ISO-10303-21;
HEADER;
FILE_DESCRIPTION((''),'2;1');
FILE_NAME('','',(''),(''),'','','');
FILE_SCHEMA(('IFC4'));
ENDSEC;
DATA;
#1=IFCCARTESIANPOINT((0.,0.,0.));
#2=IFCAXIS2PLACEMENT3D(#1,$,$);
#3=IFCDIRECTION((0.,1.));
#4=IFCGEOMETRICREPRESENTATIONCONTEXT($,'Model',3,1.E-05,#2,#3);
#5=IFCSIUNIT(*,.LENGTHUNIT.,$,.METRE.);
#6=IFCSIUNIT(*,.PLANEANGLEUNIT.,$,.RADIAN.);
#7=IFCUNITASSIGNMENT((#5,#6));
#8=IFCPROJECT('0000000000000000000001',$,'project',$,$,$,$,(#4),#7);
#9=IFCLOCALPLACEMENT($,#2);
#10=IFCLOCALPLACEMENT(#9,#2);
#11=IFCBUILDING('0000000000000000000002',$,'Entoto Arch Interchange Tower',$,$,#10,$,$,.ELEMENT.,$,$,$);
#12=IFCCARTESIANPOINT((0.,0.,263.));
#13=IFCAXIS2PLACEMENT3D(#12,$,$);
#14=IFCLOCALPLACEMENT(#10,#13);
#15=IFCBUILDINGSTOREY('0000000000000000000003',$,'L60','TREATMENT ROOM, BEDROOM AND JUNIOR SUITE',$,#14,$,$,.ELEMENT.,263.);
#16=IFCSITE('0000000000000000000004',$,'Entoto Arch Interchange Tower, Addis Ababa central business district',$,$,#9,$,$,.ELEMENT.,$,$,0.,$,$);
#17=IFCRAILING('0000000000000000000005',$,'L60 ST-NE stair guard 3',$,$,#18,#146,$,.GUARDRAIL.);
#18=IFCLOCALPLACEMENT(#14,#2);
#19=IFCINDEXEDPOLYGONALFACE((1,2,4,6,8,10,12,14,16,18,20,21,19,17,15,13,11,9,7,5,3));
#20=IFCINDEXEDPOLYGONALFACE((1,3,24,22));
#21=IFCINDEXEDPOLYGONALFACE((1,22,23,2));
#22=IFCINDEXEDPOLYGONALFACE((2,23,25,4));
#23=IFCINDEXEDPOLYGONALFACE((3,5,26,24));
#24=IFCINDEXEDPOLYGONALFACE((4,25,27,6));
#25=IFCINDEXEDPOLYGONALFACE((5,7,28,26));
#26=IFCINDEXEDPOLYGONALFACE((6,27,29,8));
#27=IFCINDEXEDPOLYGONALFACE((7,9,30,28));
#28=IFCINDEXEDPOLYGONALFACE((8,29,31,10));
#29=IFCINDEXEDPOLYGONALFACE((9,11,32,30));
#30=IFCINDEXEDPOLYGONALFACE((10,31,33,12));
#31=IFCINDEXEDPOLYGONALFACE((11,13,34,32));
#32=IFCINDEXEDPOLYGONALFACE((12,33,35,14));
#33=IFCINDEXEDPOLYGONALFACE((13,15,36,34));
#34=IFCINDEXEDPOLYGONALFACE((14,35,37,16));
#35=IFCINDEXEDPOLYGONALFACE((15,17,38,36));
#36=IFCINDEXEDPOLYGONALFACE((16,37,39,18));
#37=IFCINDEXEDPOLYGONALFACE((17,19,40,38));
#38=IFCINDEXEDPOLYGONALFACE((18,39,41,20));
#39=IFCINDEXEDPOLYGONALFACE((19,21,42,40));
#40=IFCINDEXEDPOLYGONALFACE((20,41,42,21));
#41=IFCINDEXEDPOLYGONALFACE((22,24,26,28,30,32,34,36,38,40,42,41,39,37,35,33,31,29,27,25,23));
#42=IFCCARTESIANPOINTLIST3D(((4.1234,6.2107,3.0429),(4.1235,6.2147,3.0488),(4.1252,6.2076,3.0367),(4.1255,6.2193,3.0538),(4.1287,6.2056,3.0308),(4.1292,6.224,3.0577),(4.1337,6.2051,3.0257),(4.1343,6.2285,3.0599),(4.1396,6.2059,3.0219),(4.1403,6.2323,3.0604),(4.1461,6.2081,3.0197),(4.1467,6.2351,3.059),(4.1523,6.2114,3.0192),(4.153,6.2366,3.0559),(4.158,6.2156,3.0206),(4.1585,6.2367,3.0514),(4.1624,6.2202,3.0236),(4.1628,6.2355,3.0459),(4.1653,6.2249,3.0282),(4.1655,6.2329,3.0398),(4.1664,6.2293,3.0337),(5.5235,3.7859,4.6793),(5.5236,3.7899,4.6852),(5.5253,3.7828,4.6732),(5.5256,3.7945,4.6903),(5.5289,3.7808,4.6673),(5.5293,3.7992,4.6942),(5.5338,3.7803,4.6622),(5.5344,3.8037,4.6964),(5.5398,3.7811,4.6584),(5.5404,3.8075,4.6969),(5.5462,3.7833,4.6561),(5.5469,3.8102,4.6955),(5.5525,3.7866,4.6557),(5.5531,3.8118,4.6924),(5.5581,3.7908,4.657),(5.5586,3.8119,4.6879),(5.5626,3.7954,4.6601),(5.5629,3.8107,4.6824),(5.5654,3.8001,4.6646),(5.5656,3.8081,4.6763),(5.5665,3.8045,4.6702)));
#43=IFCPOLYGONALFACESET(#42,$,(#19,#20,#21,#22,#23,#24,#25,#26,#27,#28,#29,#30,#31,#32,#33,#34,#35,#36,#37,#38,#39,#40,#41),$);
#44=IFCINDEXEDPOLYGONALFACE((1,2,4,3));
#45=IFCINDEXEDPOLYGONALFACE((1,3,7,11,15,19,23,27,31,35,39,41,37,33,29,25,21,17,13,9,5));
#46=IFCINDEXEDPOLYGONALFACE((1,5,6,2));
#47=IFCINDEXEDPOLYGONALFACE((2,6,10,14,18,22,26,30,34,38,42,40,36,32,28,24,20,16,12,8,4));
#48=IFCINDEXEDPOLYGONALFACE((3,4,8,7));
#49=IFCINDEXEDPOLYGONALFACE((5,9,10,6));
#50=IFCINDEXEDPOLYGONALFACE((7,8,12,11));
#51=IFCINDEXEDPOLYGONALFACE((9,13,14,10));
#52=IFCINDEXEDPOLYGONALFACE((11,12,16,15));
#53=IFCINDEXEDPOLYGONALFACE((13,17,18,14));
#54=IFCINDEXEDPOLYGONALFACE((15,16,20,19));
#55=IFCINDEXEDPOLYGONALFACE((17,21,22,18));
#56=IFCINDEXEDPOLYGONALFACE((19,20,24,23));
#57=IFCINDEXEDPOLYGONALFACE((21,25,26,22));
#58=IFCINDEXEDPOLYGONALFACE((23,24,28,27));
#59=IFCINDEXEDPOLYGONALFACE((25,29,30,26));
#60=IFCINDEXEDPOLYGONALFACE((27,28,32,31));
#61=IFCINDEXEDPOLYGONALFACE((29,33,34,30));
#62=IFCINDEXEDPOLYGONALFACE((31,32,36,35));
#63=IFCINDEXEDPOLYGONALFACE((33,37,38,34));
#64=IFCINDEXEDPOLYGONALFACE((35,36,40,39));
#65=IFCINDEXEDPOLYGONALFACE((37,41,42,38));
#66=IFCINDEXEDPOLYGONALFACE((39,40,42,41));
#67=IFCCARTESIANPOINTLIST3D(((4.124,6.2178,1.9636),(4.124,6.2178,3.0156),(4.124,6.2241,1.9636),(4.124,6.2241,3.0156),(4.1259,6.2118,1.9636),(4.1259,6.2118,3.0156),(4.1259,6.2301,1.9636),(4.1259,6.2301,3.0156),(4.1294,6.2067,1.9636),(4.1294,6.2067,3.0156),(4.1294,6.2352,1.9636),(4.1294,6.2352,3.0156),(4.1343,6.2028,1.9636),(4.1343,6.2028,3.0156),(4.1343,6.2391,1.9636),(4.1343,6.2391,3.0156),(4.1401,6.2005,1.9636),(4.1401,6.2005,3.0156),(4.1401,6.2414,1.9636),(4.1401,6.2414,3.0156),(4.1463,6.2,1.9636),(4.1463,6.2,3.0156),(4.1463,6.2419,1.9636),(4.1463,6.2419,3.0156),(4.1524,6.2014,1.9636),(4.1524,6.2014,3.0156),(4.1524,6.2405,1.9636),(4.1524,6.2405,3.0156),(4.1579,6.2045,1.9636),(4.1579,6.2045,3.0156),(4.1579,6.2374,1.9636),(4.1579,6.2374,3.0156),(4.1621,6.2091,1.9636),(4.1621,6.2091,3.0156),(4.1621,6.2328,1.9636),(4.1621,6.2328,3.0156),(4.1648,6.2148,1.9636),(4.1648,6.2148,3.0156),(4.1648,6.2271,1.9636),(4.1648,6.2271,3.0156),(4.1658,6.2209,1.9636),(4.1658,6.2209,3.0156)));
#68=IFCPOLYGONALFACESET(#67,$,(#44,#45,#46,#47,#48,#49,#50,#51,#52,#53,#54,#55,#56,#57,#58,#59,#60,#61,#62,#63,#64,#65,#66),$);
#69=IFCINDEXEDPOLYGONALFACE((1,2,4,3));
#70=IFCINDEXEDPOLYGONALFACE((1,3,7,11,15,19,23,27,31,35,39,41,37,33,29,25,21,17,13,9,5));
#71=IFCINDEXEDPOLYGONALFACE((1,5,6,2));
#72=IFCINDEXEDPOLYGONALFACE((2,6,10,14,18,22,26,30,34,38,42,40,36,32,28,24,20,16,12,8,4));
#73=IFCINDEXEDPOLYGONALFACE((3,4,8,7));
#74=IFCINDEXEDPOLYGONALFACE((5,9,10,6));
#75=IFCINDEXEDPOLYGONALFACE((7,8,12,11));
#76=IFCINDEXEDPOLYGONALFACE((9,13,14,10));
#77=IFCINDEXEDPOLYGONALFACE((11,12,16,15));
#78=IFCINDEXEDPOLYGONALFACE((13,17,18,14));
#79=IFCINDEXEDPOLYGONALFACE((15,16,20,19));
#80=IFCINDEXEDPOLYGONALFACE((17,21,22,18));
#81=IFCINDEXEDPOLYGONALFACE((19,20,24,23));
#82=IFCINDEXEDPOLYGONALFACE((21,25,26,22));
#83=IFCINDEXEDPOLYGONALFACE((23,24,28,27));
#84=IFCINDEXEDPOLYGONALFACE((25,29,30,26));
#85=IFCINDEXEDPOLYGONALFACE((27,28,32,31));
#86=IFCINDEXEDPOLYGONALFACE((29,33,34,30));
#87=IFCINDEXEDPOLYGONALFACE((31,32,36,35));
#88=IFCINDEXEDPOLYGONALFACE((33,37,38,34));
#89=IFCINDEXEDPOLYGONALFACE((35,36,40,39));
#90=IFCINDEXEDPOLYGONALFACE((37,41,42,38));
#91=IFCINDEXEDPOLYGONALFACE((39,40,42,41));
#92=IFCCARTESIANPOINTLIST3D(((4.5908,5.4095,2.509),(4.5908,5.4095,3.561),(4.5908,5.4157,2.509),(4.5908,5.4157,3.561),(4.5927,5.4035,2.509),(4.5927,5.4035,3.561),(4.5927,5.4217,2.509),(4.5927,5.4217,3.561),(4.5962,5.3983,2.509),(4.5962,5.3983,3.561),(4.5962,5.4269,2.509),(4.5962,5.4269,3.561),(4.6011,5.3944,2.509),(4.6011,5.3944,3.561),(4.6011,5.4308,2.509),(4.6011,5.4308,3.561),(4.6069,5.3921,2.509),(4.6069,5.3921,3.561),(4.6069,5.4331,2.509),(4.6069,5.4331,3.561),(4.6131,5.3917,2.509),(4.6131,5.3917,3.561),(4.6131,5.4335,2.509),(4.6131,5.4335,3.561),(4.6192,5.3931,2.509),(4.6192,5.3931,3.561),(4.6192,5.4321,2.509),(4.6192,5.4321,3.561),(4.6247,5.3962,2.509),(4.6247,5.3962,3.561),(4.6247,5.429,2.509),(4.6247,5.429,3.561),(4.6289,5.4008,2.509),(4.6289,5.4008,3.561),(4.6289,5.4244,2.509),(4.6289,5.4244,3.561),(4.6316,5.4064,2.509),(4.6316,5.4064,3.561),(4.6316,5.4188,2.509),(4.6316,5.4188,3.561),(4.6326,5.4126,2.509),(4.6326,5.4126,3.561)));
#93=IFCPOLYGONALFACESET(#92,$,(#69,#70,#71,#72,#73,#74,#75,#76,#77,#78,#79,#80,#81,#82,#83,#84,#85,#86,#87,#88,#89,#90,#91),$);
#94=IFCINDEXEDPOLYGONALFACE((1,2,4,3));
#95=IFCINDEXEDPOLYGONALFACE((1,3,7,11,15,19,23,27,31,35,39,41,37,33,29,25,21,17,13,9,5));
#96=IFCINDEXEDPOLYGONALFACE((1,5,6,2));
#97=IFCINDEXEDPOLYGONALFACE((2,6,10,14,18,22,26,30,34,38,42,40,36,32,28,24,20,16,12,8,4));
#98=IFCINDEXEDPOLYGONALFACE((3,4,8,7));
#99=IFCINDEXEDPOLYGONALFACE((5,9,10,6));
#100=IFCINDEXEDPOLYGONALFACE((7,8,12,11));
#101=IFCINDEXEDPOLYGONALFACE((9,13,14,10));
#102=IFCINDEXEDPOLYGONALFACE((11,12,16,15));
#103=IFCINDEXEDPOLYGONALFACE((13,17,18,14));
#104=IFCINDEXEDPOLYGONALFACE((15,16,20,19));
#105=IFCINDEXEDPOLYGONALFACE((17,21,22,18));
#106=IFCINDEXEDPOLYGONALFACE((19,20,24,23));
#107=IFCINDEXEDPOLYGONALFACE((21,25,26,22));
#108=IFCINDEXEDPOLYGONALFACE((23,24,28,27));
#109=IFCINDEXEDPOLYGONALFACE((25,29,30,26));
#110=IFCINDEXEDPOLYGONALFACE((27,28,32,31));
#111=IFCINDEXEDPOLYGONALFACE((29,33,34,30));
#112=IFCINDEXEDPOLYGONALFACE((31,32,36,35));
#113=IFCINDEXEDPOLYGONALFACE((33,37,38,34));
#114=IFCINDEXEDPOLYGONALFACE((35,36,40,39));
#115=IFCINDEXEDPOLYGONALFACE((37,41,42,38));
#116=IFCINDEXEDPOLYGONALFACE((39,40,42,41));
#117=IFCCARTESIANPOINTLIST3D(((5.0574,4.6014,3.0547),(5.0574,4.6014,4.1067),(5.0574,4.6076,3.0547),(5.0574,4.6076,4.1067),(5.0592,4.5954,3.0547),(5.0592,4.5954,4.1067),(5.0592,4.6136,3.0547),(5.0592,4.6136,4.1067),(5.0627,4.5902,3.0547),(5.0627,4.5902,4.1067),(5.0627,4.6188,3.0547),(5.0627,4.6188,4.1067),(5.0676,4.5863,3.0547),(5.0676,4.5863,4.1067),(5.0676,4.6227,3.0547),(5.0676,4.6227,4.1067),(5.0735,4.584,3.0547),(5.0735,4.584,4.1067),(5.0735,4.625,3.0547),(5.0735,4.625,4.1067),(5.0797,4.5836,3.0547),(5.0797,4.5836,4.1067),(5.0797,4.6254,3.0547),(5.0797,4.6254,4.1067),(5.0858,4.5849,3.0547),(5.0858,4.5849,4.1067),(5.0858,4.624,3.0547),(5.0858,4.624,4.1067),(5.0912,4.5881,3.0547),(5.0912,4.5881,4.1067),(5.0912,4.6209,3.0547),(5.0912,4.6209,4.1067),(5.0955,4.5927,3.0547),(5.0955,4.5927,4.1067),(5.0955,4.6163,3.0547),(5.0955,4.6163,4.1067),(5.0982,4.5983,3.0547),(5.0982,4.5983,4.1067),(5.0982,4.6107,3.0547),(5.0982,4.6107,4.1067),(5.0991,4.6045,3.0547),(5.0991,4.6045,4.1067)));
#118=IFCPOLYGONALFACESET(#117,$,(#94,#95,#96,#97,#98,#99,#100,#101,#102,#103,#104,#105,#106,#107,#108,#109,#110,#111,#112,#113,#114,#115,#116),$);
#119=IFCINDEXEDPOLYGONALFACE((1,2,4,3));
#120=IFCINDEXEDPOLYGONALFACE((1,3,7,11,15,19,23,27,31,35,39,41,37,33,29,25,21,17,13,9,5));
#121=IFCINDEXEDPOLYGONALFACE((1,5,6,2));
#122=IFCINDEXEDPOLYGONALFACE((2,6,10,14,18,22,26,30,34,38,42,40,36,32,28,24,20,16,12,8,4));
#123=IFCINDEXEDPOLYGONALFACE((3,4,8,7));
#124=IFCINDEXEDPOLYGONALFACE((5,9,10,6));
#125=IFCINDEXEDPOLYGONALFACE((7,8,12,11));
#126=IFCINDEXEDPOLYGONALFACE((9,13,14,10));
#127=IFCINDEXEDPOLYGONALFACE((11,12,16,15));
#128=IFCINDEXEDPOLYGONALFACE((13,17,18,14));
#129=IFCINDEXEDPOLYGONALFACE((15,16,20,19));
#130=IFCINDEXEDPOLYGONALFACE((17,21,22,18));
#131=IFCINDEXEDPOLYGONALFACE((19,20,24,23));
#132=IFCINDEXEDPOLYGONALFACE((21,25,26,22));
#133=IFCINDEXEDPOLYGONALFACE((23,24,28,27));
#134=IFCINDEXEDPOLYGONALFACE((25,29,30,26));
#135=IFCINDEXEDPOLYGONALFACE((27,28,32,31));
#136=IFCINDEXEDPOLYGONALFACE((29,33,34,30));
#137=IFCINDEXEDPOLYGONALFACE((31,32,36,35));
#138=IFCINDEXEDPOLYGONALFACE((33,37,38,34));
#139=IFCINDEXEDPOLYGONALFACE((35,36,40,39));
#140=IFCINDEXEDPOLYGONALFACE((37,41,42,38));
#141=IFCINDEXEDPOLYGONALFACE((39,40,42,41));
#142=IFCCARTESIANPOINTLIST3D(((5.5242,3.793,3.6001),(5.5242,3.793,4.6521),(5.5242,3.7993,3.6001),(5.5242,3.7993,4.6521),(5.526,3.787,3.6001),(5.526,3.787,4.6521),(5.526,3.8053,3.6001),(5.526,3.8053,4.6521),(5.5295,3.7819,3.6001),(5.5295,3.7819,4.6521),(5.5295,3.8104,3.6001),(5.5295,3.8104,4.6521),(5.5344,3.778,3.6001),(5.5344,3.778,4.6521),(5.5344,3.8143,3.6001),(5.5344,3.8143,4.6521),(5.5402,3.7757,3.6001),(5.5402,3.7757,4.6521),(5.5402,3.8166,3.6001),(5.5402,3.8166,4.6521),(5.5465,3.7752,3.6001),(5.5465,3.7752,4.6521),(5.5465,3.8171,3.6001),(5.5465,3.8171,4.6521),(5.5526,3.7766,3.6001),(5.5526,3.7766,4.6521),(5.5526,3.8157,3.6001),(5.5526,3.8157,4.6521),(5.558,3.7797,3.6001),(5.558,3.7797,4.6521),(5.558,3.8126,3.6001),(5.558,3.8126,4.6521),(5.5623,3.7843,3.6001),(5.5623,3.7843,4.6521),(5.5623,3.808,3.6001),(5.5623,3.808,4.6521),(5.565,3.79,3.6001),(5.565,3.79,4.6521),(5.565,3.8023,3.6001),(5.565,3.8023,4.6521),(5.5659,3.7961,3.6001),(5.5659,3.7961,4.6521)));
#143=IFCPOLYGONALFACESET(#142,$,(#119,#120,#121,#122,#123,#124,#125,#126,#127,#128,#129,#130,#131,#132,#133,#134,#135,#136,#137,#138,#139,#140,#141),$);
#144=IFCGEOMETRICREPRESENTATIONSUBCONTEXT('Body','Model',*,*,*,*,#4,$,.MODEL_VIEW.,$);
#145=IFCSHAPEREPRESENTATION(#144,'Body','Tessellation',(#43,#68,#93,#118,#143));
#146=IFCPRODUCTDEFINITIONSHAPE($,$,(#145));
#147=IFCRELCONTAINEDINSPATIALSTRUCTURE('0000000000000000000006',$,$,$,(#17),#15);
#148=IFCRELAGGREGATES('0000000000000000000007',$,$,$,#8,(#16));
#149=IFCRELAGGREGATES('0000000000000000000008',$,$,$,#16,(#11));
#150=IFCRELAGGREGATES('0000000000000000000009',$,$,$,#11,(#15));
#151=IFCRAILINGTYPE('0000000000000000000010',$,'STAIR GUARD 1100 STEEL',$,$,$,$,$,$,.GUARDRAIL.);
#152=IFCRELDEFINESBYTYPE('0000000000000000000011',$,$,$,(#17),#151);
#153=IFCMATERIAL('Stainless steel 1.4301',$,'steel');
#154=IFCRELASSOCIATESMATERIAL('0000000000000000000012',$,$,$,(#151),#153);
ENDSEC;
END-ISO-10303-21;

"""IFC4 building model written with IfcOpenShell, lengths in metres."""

from ifc_helpers import new_model, si_unit, direction, frame, origin, origin_2d, place, context, subcontext, project, spatial, circle, extrude, material, type_object, element, save


model = new_model("IFC4")

# Units and contexts
model_context = context("Model", 3, precision=1e-05, world=origin(), true_north=direction((0.0, 1.0)))
body_context = subcontext(model_context, "Body", "Model", "MODEL_VIEW")
ifc_project = project(units=[si_unit("LENGTHUNIT", "METRE"), si_unit("PLANEANGLEUNIT", "RADIAN")], contexts=[model_context])

# Site, building, storey
site_placement = place(None, origin())
site = spatial("IfcSite", under=ifc_project, at=site_placement, Name="Entoto Arch Interchange Tower, Addis Ababa central business district", CompositionType="ELEMENT", RefElevation=0.0)
building_placement = place(site_placement, origin())
building = spatial("IfcBuilding", under=site, at=building_placement, Name="Entoto Arch Interchange Tower", CompositionType="ELEMENT")
storey_placement = place(building_placement, frame((0.0, 0.0, 263.0)))
storey = spatial("IfcBuildingStorey", under=building, at=storey_placement, Name="L60", Description="TREATMENT ROOM, BEDROOM AND JUNIOR SUITE", CompositionType="ELEMENT", Elevation=263.0)

# Railing
ifc_material_1 = material(Name="Stainless steel 1.4301", Category="steel")
railing_type_1 = type_object("IfcRailingType", Name="STAIR GUARD 1100 STEEL", PredefinedType="GUARDRAIL", material=ifc_material_1)
railing_1_placement = place(storey_placement, frame((4.1448, 6.2209, 1.9636)))
element("IfcRailing", 1, at=railing_1_placement, inside=storey, type_object=railing_type_1, Name="L60 ST-NE stair guard 3", PredefinedType="GUARDRAIL", context=body_context, shape_type="SweptSolid", body=[
    extrude(circle(Radius=0.0239, at=origin_2d()), frame((0.0, 0.0, 1.0762), z_axis=(0.431722, -0.747666, 0.504591), x_axis=(0.865997, 0.50005, 0.0)), (0.0, 0.0, 1.0), 3.2432),
    extrude(circle(Radius=0.021, at=origin_2d()), origin(), (0.0, 0.0, 1.0), 1.052),
    extrude(circle(Radius=0.021, at=origin_2d()), frame((0.4668, -0.8083, 0.5454)), (0.0, 0.0, 1.0), 1.052),
    extrude(circle(Radius=0.021, at=origin_2d()), frame((0.9333, -1.6165, 1.0911)), (0.0, 0.0, 1.0), 1.052),
    extrude(circle(Radius=0.021, at=origin_2d()), frame((1.4001, -2.4248, 1.6365)), (0.0, 0.0, 1.0), 1.052),
])

save(model, "model.ifc")
